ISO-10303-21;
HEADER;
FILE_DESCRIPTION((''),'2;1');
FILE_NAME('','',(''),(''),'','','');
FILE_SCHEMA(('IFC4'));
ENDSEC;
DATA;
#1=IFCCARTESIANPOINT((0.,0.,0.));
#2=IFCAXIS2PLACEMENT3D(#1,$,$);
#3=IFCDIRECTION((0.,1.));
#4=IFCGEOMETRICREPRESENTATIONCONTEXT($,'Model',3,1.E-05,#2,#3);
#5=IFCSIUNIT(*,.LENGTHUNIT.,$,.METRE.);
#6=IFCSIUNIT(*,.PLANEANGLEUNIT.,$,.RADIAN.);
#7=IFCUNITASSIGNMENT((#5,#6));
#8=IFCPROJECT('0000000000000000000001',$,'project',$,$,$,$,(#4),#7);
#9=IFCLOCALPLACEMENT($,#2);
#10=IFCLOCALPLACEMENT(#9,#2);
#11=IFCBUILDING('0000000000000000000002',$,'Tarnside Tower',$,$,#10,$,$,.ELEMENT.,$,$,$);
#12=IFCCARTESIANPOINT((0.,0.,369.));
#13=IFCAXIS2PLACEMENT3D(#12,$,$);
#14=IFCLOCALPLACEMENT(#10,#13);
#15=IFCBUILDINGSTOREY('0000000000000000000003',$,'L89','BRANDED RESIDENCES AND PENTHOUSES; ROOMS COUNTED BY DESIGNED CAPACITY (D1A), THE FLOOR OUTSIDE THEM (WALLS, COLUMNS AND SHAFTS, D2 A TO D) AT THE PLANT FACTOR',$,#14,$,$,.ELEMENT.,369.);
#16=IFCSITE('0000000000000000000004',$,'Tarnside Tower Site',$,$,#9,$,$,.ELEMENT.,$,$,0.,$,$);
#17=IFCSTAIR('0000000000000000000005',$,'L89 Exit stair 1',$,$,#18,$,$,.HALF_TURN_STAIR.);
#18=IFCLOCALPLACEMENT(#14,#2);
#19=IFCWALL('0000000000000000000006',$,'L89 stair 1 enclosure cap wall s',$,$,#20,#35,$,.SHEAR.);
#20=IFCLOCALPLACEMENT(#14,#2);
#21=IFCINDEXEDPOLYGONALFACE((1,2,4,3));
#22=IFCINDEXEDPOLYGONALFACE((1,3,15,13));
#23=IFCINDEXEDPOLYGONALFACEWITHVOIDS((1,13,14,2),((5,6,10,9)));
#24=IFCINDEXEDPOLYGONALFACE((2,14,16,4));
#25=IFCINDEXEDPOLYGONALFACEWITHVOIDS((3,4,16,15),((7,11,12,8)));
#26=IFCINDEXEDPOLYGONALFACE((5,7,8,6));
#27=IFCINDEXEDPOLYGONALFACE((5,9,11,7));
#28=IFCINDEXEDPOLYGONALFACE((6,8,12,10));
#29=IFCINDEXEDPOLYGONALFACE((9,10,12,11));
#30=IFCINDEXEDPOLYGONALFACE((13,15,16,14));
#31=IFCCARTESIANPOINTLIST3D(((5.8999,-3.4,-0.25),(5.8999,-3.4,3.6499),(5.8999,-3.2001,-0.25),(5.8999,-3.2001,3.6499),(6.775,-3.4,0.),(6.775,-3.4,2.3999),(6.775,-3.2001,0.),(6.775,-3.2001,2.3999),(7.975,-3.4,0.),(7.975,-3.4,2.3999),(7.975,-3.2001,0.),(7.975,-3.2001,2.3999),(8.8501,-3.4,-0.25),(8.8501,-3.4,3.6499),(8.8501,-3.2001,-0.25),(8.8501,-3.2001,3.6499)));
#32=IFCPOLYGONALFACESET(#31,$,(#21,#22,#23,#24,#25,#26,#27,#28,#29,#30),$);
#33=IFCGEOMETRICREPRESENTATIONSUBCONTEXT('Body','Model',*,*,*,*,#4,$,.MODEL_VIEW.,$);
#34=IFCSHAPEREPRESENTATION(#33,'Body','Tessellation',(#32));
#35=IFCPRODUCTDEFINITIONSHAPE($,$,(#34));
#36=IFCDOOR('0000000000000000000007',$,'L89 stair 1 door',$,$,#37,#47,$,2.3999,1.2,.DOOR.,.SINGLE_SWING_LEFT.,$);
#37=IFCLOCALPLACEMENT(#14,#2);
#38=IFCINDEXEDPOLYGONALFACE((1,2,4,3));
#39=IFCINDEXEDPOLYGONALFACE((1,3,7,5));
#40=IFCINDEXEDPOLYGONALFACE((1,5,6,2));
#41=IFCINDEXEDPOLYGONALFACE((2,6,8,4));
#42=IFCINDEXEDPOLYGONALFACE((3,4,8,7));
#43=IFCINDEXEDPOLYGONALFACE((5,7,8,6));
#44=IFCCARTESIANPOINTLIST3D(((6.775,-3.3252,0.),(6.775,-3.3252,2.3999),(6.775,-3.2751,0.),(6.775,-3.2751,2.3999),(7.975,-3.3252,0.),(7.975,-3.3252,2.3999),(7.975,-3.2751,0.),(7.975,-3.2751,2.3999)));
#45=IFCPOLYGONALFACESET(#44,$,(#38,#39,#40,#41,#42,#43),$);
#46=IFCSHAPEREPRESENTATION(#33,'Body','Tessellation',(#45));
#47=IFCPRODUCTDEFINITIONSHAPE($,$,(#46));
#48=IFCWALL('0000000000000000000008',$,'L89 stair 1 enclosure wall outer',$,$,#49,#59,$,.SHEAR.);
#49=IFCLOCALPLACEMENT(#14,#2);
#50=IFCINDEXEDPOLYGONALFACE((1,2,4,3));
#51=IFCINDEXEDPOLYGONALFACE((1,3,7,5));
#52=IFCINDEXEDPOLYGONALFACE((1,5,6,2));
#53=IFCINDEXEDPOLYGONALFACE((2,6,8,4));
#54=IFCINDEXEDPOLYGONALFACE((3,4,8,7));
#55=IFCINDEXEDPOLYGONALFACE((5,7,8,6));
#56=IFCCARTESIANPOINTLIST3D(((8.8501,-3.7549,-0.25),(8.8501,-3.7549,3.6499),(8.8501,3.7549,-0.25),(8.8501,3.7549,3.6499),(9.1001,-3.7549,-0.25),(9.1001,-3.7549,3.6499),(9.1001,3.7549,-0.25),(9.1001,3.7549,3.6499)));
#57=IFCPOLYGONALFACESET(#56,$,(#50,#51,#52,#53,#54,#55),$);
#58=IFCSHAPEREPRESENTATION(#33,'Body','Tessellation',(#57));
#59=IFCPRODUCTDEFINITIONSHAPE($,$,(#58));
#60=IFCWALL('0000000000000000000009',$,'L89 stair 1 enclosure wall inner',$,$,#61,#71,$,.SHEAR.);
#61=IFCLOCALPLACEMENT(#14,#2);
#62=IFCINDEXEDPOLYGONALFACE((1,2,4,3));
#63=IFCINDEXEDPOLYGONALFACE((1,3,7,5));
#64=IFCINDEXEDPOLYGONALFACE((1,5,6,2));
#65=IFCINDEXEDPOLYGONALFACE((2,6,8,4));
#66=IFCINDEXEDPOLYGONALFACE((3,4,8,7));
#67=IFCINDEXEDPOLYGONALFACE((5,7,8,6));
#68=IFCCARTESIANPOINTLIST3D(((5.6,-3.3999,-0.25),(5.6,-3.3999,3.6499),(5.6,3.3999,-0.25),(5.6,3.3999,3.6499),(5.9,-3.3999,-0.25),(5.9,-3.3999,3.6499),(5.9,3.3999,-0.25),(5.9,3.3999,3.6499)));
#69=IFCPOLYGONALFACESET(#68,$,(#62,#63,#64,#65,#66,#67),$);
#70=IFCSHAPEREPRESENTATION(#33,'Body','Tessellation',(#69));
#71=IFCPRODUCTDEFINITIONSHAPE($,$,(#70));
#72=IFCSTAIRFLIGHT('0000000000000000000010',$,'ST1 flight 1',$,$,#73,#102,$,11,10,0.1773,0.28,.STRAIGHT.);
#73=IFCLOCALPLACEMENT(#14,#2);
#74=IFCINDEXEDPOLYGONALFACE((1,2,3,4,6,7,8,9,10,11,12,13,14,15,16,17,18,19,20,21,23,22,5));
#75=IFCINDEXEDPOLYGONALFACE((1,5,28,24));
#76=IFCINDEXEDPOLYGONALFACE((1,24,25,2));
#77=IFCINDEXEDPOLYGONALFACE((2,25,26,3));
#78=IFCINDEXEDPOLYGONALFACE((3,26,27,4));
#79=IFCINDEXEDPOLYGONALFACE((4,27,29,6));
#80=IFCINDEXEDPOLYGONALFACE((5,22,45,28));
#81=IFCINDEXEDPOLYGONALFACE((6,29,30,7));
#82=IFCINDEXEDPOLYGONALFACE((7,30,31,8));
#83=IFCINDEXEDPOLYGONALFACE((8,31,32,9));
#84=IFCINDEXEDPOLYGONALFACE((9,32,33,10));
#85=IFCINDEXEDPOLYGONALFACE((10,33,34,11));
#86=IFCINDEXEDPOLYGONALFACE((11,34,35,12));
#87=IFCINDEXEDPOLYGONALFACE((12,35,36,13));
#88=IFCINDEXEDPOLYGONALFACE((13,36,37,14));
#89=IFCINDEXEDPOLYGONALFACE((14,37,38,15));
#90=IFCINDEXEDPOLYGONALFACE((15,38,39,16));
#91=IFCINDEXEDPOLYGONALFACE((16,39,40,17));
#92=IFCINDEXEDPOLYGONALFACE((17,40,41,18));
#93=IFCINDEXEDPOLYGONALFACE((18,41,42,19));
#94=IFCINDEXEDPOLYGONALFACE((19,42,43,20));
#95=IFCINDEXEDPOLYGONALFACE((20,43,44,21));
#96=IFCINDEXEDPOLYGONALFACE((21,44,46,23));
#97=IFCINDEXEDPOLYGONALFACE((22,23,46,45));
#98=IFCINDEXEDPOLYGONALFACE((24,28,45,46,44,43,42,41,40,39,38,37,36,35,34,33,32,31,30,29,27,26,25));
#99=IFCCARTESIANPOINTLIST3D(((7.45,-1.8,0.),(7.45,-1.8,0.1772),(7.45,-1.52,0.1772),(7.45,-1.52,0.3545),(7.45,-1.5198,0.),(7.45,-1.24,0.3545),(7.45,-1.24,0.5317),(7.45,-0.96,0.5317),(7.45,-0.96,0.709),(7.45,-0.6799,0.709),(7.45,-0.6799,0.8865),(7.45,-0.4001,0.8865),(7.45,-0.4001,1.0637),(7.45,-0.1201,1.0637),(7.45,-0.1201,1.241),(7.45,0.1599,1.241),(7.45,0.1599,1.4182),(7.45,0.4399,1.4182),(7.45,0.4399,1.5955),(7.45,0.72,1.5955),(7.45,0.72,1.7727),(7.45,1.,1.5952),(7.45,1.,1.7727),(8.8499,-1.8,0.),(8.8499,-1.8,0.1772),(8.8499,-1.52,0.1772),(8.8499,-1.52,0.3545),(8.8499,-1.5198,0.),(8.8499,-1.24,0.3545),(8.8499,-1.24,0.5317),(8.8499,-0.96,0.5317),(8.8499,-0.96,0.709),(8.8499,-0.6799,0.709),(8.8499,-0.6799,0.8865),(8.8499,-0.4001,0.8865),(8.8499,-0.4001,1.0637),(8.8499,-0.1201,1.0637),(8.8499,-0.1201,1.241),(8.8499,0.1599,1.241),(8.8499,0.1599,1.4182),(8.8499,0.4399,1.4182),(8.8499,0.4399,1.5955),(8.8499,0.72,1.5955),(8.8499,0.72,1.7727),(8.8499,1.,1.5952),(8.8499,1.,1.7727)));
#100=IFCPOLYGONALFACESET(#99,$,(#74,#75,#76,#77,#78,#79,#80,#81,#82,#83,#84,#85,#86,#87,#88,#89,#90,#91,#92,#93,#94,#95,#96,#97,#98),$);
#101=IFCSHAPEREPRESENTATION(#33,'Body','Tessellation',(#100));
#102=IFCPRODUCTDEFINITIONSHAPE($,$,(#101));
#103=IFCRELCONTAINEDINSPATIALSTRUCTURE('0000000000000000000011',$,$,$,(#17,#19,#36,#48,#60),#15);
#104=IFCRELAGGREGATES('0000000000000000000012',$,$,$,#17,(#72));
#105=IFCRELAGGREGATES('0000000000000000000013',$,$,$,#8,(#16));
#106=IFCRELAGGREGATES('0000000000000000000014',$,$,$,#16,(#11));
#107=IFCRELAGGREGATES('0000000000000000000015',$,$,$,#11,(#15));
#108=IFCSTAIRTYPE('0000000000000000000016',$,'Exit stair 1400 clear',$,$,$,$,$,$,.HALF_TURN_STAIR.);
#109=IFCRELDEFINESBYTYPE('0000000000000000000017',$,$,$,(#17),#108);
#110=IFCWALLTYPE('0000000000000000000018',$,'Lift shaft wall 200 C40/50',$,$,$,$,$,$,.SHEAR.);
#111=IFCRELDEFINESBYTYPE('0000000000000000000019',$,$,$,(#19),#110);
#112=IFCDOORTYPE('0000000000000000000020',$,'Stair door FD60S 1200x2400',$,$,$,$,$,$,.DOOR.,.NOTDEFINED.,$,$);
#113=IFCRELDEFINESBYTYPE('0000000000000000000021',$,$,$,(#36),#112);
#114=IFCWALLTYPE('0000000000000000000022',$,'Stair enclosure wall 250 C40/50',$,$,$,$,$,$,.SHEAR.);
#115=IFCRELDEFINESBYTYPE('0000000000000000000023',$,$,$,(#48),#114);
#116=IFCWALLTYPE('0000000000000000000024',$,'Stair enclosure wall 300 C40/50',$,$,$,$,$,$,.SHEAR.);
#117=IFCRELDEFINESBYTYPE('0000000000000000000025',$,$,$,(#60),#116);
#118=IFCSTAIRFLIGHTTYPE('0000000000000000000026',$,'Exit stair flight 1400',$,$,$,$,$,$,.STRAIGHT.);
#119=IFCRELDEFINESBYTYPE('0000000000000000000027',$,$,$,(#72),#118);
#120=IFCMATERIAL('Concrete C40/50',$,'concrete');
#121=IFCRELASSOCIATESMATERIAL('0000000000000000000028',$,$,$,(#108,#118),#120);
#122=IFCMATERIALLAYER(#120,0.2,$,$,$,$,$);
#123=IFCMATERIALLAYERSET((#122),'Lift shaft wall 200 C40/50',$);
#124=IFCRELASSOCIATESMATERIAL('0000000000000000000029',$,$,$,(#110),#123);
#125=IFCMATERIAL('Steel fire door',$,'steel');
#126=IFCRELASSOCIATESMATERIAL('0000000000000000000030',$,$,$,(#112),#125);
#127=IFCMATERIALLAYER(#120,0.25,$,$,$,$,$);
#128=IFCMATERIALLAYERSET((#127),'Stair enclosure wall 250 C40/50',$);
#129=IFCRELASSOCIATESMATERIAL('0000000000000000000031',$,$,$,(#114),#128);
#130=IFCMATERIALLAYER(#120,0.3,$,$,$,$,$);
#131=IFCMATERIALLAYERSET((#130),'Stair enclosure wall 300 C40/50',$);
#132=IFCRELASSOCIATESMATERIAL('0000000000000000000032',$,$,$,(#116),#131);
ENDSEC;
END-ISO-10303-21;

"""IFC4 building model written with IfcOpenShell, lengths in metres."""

from ifc_helpers import new_model, si_unit, direction, frame, frame_2d, origin, place, context, subcontext, project, spatial, polyline, rectangle, outline, extrude, material, layer, layer_set, type_object, element, fill, aggregate, save


model = new_model("IFC4")

# Units and contexts
model_context = context("Model", 3, precision=1e-05, world=origin(), true_north=direction((0.0, 1.0)))
body_context = subcontext(model_context, "Body", "Model", "MODEL_VIEW")
ifc_project = project(units=[si_unit("LENGTHUNIT", "METRE"), si_unit("PLANEANGLEUNIT", "RADIAN")], contexts=[model_context])

# Site, building, storey
site_placement = place(None, origin())
site = spatial("IfcSite", under=ifc_project, at=site_placement, Name="Tarnside Tower Site", CompositionType="ELEMENT", RefElevation=0.0)
building_placement = place(site_placement, origin())
building = spatial("IfcBuilding", under=site, at=building_placement, Name="Tarnside Tower", CompositionType="ELEMENT")
storey_placement = place(building_placement, frame((0.0, 0.0, 369.0)))
storey = spatial("IfcBuildingStorey", under=building, at=storey_placement, Name="L89", Description="BRANDED RESIDENCES AND PENTHOUSES; ROOMS COUNTED BY DESIGNED CAPACITY (D1A), THE FLOOR OUTSIDE THEM (WALLS, COLUMNS AND SHAFTS, D2 A TO D) AT THE PLANT FACTOR", CompositionType="ELEMENT", Elevation=369.0)

# Stair
ifc_material_1 = material(Name="Concrete C40/50", Category="concrete")
stair_type = type_object("IfcStairType", Name="Exit stair 1400 clear", PredefinedType="HALF_TURN_STAIR", material=ifc_material_1)
stair_1_placement = place(storey_placement, origin())
stair_1 = element("IfcStair", 1, at=stair_1_placement, inside=storey, type_object=stair_type, Name="L89 Exit stair 1", PredefinedType="HALF_TURN_STAIR")

# Shared definitions
ifc_material_2 = material(Name="Steel fire door", Category="steel")

# Shared definitions
ifc_layer_1 = layer(ifc_material_1, 0.2)
ifc_layer_set_1 = layer_set([ifc_layer_1], Name="Lift shaft wall 200 C40/50")
wall_type_1 = type_object("IfcWallType", Name="Lift shaft wall 200 C40/50", PredefinedType="SHEAR", material=ifc_layer_set_1)

# Wall, opening, door
wall_1_placement = place(storey_placement, frame((5.8999, -3.3, -0.25), z_axis=(0.0, 0.0, 1.0), x_axis=(1.0, 0.0, 0.0)))
wall_1 = element("IfcWall", 2, at=wall_1_placement, inside=storey, type_object=wall_type_1, Name="L89 stair 1 enclosure cap wall s", PredefinedType="SHEAR", context=body_context, shape_type="SweptSolid", body=[
    extrude(rectangle(XDim=2.9502, YDim=0.2, at=frame_2d((1.4751, 0.0))), origin(), (0.0, 0.0, 1.0), 3.8999),
])
opening_1_placement = place(wall_1_placement, frame((0.875, 0.0, 0.25)))
opening_1 = element("IfcOpeningElement", 3, at=opening_1_placement, cuts=wall_1, PredefinedType="OPENING", context=body_context, shape_type="SweptSolid", body=[
    extrude(rectangle(XDim=1.2, YDim=2.3999, at=frame_2d((0.6001, 1.2))), frame((0.0, 0.1099, 0.0), z_axis=(0.0, -1.0, 0.0), x_axis=(1.0, 0.0, 0.0)), (0.0, 0.0, 1.0), 0.22),
])
door_type_1 = type_object("IfcDoorType", Name="Stair door FD60S 1200x2400", OperationType="NOTDEFINED", PredefinedType="DOOR", material=ifc_material_2)
door_1_placement = place(opening_1_placement, origin())
door_1 = element("IfcDoor", 4, at=door_1_placement, inside=storey, type_object=door_type_1, Name="L89 stair 1 door", OperationType="SINGLE_SWING_LEFT", OverallHeight=2.3999, OverallWidth=1.2, PredefinedType="DOOR", context=body_context, shape_type="SweptSolid", body=[
    extrude(rectangle(XDim=1.2, YDim=2.3999, at=frame_2d((0.6001, 1.2))), frame((0.0, 0.0249, 0.0), z_axis=(0.0, -1.0, 0.0), x_axis=(1.0, 0.0, 0.0)), (0.0, 0.0, 1.0), 0.05),
])
fill(opening_1, door_1)

# Walls
ifc_layer_2 = layer(ifc_material_1, 0.25)
ifc_layer_set_2 = layer_set([ifc_layer_2], Name="Stair enclosure wall 250 C40/50")
wall_type_2 = type_object("IfcWallType", Name="Stair enclosure wall 250 C40/50", PredefinedType="SHEAR", material=ifc_layer_set_2)
wall_2_placement = place(storey_placement, frame((8.9751, -3.7549, -0.25), z_axis=(0.0, 0.0, 1.0), x_axis=(0.0, 1.0, 0.0)))
element("IfcWall", 5, at=wall_2_placement, inside=storey, type_object=wall_type_2, Name="L89 stair 1 enclosure wall outer", PredefinedType="SHEAR", context=body_context, shape_type="SweptSolid", body=[
    extrude(rectangle(XDim=7.5098, YDim=0.25, at=frame_2d((3.7549, 0.0))), origin(), (0.0, 0.0, 1.0), 3.8999),
])
ifc_layer_3 = layer(ifc_material_1, 0.3)
ifc_layer_set_3 = layer_set([ifc_layer_3], Name="Stair enclosure wall 300 C40/50")
wall_type_3 = type_object("IfcWallType", Name="Stair enclosure wall 300 C40/50", PredefinedType="SHEAR", material=ifc_layer_set_3)
wall_3_placement = place(storey_placement, frame((5.75, -3.3999, -0.25), z_axis=(0.0, 0.0, 1.0), x_axis=(0.0, 1.0, 0.0)))
element("IfcWall", 6, at=wall_3_placement, inside=storey, type_object=wall_type_3, Name="L89 stair 1 enclosure wall inner", PredefinedType="SHEAR", context=body_context, shape_type="SweptSolid", body=[
    extrude(rectangle(XDim=6.7998, YDim=0.3, at=frame_2d((3.3999, 0.0))), origin(), (0.0, 0.0, 1.0), 3.8999),
])

# Stair flight
stair_flight_type = type_object("IfcStairFlightType", Name="Exit stair flight 1400", PredefinedType="STRAIGHT", material=ifc_material_1)
stair_flight_placement = place(storey_placement, frame((8.1499, -1.8, 0.0), z_axis=(0.0, 0.0, 1.0), x_axis=(0.0, 1.0, 0.0)))
stair_flight = element("IfcStairFlight", 7, at=stair_flight_placement, type_object=stair_flight_type, Name="ST1 flight 1", NumberOfRisers=11, NumberOfTreads=10, PredefinedType="STRAIGHT", RiserHeight=0.1773, TreadLength=0.28, context=body_context, shape_type="SweptSolid", body=[
    extrude(outline(polyline([(0.0, 0.0), (0.0, 0.1772), (0.28, 0.1772), (0.28, 0.3545), (0.5601, 0.3545), (0.5601, 0.5317), (0.8401, 0.5317), (0.8401, 0.709), (1.1201, 0.709), (1.1201, 0.8865), (1.3999, 0.8865), (1.3999, 1.0637), (1.6799, 1.0637), (1.6799, 1.241), (1.96, 1.241), (1.96, 1.4182), (2.24, 1.4182), (2.24, 1.5955), (2.52, 1.5955), (2.52, 1.7727), (2.8, 1.7727), (2.8, 1.95), (2.8, 1.5952), (0.2803, 0.0), (0.0, 0.0)])), frame((0.0, 0.7, 0.0), z_axis=(0.0, -1.0, 0.0), x_axis=(1.0, 0.0, 0.0)), (0.0, 0.0, 1.0), 1.3999),
])
aggregate(stair_1, [stair_flight])

save(model, "model.ifc")
